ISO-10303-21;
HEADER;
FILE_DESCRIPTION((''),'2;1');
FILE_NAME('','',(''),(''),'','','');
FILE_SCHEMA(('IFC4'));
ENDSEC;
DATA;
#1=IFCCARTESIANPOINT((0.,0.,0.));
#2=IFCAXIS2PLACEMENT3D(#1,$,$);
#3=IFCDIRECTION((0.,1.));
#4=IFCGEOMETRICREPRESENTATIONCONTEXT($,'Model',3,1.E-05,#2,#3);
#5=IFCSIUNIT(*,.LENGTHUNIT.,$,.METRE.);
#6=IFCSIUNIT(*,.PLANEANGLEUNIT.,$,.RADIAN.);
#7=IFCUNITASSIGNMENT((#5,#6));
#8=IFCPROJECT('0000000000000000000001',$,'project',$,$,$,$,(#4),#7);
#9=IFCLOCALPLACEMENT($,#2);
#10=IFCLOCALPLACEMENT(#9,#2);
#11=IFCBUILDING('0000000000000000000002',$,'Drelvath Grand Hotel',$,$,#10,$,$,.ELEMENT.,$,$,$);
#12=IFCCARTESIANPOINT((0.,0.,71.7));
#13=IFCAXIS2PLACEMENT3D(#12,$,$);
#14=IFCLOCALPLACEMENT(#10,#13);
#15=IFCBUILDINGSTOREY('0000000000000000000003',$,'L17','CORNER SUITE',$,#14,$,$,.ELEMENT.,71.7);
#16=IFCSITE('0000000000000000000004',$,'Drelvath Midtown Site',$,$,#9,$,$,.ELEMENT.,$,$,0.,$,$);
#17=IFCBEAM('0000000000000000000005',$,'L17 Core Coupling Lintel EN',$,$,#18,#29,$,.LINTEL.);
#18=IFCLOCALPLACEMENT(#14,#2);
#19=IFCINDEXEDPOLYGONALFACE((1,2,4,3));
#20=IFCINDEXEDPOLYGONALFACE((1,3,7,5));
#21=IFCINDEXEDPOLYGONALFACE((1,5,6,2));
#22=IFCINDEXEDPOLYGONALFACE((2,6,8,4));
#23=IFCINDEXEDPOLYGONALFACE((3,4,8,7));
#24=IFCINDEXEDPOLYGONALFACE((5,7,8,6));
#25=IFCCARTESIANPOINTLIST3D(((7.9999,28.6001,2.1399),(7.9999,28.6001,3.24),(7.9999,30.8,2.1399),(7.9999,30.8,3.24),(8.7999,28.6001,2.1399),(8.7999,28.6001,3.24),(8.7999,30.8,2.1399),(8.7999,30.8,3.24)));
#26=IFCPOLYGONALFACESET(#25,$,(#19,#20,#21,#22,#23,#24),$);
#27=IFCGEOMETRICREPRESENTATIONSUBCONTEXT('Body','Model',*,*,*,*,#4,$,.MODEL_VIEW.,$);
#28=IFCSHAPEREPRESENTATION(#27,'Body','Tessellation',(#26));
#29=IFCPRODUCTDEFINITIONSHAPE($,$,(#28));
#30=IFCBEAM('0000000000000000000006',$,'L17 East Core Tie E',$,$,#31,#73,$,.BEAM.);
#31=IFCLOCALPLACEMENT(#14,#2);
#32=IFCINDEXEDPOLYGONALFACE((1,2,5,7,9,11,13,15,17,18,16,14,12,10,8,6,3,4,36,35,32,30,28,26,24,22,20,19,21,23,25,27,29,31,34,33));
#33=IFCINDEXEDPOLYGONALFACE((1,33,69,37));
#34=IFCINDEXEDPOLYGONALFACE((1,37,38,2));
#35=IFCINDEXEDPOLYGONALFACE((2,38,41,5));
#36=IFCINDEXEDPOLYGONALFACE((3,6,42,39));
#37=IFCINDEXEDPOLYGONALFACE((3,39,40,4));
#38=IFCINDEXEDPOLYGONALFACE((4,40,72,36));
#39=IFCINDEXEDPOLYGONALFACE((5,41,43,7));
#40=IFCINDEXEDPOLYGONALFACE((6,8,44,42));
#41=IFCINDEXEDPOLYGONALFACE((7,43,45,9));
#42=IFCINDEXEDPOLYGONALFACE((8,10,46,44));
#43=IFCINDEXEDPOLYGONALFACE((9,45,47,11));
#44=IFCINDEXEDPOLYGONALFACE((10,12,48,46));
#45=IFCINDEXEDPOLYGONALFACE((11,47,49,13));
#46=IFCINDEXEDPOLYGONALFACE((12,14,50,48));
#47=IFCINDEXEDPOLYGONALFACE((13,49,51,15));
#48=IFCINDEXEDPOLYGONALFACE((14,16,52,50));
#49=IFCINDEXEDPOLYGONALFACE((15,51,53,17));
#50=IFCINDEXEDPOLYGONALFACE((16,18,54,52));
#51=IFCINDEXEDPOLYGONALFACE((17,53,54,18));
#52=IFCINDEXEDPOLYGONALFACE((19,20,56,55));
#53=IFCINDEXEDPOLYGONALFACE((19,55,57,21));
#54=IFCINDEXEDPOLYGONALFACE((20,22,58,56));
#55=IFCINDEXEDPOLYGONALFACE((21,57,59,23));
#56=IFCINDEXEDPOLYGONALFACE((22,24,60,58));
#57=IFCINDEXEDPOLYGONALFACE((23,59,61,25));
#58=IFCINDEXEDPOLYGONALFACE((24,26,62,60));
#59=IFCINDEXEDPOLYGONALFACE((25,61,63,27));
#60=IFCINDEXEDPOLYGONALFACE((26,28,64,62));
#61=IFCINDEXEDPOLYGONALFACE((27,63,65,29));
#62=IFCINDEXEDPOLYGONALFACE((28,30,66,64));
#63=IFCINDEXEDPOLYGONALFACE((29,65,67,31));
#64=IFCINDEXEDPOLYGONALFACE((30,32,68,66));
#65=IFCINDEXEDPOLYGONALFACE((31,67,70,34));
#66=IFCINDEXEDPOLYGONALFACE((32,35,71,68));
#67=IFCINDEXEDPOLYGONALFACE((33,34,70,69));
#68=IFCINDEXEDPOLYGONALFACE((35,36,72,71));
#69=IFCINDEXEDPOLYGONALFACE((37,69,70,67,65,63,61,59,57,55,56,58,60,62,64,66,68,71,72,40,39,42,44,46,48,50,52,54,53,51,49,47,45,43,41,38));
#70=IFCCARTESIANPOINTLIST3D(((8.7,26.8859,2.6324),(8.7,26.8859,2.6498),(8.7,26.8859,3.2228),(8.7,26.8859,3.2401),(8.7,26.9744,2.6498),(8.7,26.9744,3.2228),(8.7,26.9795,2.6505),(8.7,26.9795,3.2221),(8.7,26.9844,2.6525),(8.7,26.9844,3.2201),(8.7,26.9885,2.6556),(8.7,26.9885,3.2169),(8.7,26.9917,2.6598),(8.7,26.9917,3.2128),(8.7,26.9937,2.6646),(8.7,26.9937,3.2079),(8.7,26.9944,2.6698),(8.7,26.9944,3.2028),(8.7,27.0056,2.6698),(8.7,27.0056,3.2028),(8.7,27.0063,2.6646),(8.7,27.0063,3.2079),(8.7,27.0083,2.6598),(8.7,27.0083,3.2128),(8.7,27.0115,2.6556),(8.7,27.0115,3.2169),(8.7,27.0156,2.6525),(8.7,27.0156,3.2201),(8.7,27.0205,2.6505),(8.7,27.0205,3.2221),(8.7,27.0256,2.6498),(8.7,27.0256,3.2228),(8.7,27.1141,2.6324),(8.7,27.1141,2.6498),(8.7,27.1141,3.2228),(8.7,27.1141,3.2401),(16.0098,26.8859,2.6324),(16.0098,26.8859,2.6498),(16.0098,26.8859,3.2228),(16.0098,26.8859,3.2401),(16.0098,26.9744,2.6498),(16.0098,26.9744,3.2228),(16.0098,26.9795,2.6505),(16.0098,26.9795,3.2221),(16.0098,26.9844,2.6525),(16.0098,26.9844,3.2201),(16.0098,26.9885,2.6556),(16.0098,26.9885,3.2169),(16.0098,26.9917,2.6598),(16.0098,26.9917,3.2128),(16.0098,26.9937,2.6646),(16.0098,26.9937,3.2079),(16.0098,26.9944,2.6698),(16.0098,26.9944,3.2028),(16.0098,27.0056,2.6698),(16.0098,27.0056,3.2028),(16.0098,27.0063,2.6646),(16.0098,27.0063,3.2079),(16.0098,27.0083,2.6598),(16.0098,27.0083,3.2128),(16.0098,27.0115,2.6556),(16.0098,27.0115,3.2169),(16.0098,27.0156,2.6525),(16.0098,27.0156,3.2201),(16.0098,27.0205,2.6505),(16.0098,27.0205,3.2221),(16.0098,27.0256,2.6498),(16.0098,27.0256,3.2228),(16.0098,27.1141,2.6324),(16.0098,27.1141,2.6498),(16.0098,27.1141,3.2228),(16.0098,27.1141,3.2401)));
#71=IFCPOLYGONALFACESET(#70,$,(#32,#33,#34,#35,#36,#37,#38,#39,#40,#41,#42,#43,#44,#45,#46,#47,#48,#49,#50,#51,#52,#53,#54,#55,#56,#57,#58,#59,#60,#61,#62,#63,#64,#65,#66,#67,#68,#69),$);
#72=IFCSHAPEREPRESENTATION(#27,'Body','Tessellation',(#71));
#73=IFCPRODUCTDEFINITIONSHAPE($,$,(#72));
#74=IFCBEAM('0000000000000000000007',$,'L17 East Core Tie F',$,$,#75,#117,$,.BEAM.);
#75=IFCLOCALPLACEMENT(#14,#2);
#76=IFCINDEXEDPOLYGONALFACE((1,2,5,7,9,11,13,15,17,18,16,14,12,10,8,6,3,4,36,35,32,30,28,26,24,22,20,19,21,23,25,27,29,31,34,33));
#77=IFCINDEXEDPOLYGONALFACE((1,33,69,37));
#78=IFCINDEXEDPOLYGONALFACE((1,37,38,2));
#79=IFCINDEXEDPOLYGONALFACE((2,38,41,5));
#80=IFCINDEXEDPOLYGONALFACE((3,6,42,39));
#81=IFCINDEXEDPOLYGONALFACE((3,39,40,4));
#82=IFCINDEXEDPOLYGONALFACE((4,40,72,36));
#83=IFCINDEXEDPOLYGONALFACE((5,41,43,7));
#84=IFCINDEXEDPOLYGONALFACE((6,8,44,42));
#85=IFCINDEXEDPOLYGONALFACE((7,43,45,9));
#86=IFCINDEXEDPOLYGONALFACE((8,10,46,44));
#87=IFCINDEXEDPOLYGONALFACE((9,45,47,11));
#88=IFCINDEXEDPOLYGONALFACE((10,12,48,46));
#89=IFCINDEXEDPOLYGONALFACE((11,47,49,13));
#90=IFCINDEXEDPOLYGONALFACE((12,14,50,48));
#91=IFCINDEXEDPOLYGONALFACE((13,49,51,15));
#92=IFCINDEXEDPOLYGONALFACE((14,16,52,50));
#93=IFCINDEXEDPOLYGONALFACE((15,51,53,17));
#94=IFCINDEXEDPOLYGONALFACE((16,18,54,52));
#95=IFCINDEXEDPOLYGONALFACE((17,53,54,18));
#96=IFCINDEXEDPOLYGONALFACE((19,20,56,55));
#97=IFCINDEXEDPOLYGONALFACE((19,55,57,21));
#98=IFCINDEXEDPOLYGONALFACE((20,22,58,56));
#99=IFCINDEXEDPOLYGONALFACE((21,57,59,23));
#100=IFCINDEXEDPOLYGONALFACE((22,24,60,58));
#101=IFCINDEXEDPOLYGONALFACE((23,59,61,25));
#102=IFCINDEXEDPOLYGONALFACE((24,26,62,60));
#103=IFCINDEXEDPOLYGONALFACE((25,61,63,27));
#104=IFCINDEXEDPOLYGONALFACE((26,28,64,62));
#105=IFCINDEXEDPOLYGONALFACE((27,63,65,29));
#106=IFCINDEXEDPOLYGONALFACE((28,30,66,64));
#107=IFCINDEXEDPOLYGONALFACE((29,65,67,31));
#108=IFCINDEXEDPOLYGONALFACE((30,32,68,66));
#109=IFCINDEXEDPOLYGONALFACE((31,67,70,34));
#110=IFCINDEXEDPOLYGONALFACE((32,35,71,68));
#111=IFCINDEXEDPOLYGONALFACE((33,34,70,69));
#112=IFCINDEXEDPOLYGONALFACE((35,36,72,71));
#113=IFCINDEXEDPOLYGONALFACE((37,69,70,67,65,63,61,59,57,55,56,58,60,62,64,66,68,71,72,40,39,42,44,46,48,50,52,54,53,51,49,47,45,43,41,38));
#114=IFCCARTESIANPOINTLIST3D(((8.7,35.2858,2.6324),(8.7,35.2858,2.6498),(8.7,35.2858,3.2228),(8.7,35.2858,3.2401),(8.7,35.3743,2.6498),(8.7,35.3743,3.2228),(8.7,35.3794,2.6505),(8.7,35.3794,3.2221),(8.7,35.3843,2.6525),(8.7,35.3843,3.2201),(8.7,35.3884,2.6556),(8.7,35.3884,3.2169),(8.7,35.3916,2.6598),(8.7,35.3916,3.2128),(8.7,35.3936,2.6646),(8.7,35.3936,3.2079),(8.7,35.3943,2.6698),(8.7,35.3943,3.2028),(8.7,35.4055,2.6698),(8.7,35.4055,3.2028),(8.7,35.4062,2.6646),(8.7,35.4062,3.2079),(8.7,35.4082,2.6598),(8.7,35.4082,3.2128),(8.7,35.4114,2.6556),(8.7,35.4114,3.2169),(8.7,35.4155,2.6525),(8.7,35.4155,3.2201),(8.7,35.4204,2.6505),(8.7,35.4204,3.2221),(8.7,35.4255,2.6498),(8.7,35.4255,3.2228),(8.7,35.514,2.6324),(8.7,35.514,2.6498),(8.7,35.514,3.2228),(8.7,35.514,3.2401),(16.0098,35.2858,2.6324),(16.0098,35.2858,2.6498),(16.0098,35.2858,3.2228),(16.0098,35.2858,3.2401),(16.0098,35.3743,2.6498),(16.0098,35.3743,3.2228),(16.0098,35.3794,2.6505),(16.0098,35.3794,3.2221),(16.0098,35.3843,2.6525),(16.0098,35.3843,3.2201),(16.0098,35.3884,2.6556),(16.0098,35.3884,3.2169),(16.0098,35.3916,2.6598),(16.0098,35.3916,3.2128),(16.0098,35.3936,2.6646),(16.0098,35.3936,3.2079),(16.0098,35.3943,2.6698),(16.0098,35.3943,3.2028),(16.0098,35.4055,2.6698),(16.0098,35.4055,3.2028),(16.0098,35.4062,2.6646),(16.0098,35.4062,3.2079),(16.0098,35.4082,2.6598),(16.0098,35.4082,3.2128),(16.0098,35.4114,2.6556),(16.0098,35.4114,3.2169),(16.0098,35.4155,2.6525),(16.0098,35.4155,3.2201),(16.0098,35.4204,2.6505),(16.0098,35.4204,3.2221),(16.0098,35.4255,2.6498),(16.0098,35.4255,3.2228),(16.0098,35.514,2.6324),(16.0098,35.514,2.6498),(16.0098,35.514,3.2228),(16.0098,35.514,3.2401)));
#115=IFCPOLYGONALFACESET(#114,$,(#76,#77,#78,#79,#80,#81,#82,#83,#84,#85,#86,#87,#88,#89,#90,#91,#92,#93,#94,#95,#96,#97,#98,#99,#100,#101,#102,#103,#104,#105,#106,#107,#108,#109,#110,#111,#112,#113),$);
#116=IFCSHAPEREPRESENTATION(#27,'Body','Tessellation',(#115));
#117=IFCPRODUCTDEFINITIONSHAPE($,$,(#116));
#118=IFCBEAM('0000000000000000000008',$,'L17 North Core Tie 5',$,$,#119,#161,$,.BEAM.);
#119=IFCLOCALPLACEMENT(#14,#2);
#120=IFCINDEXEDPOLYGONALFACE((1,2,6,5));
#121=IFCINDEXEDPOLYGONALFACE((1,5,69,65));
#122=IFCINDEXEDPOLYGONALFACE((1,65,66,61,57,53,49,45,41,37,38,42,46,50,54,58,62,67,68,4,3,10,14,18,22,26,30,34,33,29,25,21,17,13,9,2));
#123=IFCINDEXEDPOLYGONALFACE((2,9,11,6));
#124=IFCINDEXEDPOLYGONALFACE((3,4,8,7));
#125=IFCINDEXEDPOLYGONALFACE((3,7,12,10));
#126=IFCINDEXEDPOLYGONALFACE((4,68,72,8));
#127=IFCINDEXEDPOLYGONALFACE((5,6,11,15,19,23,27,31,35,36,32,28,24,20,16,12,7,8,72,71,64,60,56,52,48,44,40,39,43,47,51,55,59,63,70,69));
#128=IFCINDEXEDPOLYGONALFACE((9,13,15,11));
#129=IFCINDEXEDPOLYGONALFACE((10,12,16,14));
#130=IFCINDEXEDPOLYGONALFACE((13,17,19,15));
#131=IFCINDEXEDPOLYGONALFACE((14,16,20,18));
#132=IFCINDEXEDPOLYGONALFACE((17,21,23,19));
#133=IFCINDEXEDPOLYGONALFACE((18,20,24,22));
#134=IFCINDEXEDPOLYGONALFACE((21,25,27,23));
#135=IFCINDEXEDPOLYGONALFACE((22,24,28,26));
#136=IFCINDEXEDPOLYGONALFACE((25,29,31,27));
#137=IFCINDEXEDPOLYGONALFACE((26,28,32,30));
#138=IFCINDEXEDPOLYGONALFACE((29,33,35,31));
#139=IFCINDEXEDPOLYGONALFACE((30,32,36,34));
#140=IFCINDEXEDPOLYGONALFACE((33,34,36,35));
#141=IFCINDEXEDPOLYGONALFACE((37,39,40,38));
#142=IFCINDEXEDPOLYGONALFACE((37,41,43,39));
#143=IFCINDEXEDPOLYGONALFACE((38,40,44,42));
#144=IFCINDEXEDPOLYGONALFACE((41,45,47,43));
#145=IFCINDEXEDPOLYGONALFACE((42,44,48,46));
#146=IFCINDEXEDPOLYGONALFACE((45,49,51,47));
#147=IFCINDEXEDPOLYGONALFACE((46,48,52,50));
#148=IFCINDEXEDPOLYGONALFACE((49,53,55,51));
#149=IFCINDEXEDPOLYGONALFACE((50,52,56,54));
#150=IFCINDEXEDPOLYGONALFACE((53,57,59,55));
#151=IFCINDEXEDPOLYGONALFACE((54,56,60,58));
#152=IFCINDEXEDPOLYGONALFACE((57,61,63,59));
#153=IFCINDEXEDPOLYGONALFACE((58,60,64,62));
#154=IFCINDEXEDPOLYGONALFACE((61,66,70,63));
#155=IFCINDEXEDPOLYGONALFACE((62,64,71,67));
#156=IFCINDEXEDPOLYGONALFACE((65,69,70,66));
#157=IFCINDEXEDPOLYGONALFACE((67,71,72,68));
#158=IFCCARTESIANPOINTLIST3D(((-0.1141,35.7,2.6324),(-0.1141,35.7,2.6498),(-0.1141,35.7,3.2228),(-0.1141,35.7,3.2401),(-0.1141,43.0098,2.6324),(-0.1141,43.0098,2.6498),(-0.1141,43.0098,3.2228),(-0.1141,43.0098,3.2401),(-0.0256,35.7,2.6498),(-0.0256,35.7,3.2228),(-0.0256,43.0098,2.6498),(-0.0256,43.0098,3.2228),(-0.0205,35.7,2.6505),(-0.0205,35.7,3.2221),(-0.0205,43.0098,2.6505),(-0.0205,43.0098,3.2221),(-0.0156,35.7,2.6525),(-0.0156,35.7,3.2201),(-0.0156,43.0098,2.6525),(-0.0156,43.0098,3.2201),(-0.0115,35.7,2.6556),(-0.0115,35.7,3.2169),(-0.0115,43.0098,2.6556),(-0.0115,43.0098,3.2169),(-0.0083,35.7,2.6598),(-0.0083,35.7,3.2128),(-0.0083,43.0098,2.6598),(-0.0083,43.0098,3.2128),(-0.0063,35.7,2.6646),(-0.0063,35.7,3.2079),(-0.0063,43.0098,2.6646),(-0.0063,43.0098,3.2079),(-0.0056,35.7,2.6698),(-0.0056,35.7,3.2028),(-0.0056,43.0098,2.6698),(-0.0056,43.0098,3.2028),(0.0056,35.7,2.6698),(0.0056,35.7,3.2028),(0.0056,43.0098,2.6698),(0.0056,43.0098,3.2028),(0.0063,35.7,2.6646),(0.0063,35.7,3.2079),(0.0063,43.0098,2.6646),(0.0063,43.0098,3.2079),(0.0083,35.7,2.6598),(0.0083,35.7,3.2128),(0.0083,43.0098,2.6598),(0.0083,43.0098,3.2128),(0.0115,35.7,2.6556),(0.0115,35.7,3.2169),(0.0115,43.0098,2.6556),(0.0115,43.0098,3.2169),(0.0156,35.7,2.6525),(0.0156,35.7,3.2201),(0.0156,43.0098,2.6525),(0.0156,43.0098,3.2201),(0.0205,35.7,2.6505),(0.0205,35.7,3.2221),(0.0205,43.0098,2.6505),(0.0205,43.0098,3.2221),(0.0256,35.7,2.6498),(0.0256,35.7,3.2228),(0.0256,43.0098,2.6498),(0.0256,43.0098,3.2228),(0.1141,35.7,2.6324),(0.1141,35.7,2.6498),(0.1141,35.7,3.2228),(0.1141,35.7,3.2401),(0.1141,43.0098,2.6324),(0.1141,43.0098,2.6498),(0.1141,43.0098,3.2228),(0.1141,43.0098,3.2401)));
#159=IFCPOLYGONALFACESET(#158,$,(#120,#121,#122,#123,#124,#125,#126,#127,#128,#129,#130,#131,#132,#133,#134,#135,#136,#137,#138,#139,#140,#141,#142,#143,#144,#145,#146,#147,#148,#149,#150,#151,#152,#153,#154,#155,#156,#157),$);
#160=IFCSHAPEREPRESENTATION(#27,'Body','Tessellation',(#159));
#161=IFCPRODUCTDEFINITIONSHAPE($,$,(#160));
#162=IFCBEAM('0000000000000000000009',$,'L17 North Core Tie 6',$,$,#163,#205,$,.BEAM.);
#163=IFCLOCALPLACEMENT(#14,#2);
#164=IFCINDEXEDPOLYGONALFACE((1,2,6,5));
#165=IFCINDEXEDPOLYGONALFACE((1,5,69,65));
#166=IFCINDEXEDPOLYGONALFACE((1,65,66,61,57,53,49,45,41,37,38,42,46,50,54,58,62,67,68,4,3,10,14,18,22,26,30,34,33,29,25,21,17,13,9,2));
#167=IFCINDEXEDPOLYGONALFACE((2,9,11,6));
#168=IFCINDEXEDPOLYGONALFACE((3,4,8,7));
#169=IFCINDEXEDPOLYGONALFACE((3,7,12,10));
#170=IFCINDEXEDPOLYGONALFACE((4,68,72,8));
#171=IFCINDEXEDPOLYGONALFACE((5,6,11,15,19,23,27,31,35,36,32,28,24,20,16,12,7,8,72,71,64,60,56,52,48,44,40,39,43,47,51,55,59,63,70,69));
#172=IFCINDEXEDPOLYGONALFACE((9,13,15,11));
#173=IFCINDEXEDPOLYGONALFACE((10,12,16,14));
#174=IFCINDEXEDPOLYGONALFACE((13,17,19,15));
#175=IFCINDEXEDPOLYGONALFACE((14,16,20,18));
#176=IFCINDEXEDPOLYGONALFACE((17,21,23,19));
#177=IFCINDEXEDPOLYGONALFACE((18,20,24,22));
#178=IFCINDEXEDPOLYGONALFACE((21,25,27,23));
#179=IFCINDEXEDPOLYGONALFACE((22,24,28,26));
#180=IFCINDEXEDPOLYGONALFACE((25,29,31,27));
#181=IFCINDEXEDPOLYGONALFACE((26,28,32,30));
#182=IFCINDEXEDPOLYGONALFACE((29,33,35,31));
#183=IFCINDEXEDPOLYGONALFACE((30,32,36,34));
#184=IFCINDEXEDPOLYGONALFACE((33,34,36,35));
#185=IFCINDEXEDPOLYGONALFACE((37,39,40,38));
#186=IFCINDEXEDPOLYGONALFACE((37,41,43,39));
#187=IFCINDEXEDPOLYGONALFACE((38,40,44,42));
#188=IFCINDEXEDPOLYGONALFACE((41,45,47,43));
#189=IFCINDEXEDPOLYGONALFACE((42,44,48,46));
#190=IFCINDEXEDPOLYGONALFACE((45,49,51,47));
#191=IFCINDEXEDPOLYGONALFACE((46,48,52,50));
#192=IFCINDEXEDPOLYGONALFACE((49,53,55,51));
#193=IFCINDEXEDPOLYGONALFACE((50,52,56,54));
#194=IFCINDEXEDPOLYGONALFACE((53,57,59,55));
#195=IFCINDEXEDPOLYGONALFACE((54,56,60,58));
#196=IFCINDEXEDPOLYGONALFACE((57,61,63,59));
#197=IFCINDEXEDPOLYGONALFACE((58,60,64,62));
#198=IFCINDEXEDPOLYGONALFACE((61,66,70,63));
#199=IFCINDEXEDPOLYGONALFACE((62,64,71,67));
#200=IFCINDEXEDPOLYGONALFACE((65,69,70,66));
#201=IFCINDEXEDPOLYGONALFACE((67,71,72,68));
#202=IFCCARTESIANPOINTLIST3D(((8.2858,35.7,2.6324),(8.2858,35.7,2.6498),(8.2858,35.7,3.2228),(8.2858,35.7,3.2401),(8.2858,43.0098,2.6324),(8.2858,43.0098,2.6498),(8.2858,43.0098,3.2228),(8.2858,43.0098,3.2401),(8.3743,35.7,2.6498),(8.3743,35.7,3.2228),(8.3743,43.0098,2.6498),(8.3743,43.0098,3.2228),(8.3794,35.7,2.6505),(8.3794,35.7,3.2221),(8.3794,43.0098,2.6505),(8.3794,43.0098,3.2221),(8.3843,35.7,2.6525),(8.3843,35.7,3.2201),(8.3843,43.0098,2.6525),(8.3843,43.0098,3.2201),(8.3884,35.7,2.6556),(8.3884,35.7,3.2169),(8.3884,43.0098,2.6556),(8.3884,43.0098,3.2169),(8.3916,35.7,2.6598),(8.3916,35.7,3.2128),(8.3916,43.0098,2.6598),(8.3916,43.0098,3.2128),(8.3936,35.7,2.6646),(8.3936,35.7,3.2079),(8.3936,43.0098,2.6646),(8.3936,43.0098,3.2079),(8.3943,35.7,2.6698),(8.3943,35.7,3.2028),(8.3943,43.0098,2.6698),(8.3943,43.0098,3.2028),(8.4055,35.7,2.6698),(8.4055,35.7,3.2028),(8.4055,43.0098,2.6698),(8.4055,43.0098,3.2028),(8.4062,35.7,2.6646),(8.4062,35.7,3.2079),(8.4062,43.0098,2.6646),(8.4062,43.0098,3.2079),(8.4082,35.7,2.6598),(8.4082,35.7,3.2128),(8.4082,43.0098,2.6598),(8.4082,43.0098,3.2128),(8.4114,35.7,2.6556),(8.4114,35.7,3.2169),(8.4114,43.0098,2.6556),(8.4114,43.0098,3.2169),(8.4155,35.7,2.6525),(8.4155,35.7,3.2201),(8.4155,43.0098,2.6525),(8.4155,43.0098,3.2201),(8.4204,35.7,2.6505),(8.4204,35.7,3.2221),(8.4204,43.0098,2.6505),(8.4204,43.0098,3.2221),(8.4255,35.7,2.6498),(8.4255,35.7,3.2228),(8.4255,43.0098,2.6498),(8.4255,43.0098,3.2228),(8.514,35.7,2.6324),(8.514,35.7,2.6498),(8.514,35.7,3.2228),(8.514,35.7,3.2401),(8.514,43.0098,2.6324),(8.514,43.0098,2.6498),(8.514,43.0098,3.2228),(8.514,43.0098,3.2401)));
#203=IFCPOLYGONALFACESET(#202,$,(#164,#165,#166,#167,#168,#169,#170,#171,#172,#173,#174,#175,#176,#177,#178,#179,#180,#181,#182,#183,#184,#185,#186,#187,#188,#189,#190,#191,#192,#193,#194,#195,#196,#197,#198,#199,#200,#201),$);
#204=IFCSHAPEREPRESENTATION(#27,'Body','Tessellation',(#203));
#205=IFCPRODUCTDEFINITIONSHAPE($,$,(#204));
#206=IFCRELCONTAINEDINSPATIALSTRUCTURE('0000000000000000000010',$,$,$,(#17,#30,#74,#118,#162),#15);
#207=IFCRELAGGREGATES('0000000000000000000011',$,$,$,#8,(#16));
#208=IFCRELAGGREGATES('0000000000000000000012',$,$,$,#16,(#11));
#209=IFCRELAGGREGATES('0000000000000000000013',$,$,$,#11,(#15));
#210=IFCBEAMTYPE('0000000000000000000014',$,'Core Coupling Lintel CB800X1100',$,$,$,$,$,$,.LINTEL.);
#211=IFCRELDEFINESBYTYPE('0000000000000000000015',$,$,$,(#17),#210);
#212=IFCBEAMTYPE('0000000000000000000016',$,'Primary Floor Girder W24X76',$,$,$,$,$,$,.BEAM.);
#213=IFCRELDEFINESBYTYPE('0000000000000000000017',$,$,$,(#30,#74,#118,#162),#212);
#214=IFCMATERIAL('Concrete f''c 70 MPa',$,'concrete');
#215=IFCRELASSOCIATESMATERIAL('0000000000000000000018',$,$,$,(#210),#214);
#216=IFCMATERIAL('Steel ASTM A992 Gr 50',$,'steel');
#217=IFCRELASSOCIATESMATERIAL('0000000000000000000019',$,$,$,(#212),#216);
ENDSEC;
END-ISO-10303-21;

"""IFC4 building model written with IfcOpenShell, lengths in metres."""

from ifc_helpers import new_model, si_unit, direction, frame, origin, origin_2d, place, context, subcontext, project, spatial, rectangle, i_section, extrude, material, material_profile, profile_set, type_object, element, save


model = new_model("IFC4")

# Units and contexts
model_context = context("Model", 3, precision=1e-05, world=origin(), true_north=direction((0.0, 1.0)))
body_context = subcontext(model_context, "Body", "Model", "MODEL_VIEW")
ifc_project = project(units=[si_unit("LENGTHUNIT", "METRE"), si_unit("PLANEANGLEUNIT", "RADIAN")], contexts=[model_context])

# Site, building, storey
site_placement = place(None, origin())
site = spatial("IfcSite", under=ifc_project, at=site_placement, Name="Drelvath Midtown Site", CompositionType="ELEMENT", RefElevation=0.0)
building_placement = place(site_placement, origin())
building = spatial("IfcBuilding", under=site, at=building_placement, Name="Drelvath Grand Hotel", CompositionType="ELEMENT")
storey_placement = place(building_placement, frame((0.0, 0.0, 71.7)))
storey = spatial("IfcBuildingStorey", under=building, at=storey_placement, Name="L17", Description="CORNER SUITE", CompositionType="ELEMENT", Elevation=71.7)

# Beams
ifc_material_1 = material(Name="Concrete f'c 70 MPa", Category="concrete")
ifc_material_profile_1 = material_profile(ifc_material_1, rectangle(XDim=0.8, YDim=1.1001, at=origin_2d()), Name="CB800X1100")
ifc_profile_set_1 = profile_set([ifc_material_profile_1], Name="Concrete f'c 70 MPa")
beam_type_1 = type_object("IfcBeamType", Name="Core Coupling Lintel CB800X1100", PredefinedType="LINTEL", material=ifc_profile_set_1)
beam_placement = place(storey_placement, frame((8.3999, 28.6001, 2.6899), z_axis=(0.0, 1.0, 0.0), x_axis=(-1.0, 0.0, 0.0)))
element("IfcBeam", 1, at=beam_placement, inside=storey, type_object=beam_type_1, Name="L17 Core Coupling Lintel EN", PredefinedType="LINTEL", context=body_context, shape_type="SweptSolid", body=[
    extrude(rectangle(XDim=0.8, YDim=1.1001, at=origin_2d()), origin(), (0.0, 0.0, 1.0), 2.2),
])
ifc_material_2 = material(Name="Steel ASTM A992 Gr 50", Category="steel")
ifc_material_profile_2 = material_profile(ifc_material_2, i_section(OverallWidth=0.2283, OverallDepth=0.6077, WebThickness=0.0112, FlangeThickness=0.0173, FilletRadius=0.02, at=origin_2d()), Name="W24X76")
ifc_profile_set_2 = profile_set([ifc_material_profile_2], Name="Steel ASTM A992 Gr 50")
beam_type_2 = type_object("IfcBeamType", Name="Primary Floor Girder W24X76", PredefinedType="BEAM", material=ifc_profile_set_2)
for number, where, z_axis, x_axis, name in (
    (2, (8.7, 27.0, 2.9363), (1.0, 0.0, 0.0), (0.0, 1.0, 0.0), "L17 East Core Tie E"),
    (3, (8.7, 35.3999, 2.9363), (1.0, 0.0, 0.0), (0.0, 1.0, 0.0), "L17 East Core Tie F"),
    (4, (0.0, 35.7, 2.9363), (0.0, 1.0, 0.0), (-1.0, 0.0, 0.0), "L17 North Core Tie 5"),
    (5, (8.3999, 35.7, 2.9363), (0.0, 1.0, 0.0), (-1.0, 0.0, 0.0), "L17 North Core Tie 6"),
):
    element("IfcBeam", number, at=place(storey_placement, frame(where, z_axis=z_axis, x_axis=x_axis)), inside=storey, type_object=beam_type_2, Name=name, PredefinedType="BEAM", context=body_context, shape_type="SweptSolid", body=[
        extrude(i_section(OverallWidth=0.2283, OverallDepth=0.6077, WebThickness=0.0112, FlangeThickness=0.0173, FilletRadius=0.02, at=origin_2d()), origin(), (0.0, 0.0, 1.0), 7.3098),
    ])

save(model, "model.ifc")
